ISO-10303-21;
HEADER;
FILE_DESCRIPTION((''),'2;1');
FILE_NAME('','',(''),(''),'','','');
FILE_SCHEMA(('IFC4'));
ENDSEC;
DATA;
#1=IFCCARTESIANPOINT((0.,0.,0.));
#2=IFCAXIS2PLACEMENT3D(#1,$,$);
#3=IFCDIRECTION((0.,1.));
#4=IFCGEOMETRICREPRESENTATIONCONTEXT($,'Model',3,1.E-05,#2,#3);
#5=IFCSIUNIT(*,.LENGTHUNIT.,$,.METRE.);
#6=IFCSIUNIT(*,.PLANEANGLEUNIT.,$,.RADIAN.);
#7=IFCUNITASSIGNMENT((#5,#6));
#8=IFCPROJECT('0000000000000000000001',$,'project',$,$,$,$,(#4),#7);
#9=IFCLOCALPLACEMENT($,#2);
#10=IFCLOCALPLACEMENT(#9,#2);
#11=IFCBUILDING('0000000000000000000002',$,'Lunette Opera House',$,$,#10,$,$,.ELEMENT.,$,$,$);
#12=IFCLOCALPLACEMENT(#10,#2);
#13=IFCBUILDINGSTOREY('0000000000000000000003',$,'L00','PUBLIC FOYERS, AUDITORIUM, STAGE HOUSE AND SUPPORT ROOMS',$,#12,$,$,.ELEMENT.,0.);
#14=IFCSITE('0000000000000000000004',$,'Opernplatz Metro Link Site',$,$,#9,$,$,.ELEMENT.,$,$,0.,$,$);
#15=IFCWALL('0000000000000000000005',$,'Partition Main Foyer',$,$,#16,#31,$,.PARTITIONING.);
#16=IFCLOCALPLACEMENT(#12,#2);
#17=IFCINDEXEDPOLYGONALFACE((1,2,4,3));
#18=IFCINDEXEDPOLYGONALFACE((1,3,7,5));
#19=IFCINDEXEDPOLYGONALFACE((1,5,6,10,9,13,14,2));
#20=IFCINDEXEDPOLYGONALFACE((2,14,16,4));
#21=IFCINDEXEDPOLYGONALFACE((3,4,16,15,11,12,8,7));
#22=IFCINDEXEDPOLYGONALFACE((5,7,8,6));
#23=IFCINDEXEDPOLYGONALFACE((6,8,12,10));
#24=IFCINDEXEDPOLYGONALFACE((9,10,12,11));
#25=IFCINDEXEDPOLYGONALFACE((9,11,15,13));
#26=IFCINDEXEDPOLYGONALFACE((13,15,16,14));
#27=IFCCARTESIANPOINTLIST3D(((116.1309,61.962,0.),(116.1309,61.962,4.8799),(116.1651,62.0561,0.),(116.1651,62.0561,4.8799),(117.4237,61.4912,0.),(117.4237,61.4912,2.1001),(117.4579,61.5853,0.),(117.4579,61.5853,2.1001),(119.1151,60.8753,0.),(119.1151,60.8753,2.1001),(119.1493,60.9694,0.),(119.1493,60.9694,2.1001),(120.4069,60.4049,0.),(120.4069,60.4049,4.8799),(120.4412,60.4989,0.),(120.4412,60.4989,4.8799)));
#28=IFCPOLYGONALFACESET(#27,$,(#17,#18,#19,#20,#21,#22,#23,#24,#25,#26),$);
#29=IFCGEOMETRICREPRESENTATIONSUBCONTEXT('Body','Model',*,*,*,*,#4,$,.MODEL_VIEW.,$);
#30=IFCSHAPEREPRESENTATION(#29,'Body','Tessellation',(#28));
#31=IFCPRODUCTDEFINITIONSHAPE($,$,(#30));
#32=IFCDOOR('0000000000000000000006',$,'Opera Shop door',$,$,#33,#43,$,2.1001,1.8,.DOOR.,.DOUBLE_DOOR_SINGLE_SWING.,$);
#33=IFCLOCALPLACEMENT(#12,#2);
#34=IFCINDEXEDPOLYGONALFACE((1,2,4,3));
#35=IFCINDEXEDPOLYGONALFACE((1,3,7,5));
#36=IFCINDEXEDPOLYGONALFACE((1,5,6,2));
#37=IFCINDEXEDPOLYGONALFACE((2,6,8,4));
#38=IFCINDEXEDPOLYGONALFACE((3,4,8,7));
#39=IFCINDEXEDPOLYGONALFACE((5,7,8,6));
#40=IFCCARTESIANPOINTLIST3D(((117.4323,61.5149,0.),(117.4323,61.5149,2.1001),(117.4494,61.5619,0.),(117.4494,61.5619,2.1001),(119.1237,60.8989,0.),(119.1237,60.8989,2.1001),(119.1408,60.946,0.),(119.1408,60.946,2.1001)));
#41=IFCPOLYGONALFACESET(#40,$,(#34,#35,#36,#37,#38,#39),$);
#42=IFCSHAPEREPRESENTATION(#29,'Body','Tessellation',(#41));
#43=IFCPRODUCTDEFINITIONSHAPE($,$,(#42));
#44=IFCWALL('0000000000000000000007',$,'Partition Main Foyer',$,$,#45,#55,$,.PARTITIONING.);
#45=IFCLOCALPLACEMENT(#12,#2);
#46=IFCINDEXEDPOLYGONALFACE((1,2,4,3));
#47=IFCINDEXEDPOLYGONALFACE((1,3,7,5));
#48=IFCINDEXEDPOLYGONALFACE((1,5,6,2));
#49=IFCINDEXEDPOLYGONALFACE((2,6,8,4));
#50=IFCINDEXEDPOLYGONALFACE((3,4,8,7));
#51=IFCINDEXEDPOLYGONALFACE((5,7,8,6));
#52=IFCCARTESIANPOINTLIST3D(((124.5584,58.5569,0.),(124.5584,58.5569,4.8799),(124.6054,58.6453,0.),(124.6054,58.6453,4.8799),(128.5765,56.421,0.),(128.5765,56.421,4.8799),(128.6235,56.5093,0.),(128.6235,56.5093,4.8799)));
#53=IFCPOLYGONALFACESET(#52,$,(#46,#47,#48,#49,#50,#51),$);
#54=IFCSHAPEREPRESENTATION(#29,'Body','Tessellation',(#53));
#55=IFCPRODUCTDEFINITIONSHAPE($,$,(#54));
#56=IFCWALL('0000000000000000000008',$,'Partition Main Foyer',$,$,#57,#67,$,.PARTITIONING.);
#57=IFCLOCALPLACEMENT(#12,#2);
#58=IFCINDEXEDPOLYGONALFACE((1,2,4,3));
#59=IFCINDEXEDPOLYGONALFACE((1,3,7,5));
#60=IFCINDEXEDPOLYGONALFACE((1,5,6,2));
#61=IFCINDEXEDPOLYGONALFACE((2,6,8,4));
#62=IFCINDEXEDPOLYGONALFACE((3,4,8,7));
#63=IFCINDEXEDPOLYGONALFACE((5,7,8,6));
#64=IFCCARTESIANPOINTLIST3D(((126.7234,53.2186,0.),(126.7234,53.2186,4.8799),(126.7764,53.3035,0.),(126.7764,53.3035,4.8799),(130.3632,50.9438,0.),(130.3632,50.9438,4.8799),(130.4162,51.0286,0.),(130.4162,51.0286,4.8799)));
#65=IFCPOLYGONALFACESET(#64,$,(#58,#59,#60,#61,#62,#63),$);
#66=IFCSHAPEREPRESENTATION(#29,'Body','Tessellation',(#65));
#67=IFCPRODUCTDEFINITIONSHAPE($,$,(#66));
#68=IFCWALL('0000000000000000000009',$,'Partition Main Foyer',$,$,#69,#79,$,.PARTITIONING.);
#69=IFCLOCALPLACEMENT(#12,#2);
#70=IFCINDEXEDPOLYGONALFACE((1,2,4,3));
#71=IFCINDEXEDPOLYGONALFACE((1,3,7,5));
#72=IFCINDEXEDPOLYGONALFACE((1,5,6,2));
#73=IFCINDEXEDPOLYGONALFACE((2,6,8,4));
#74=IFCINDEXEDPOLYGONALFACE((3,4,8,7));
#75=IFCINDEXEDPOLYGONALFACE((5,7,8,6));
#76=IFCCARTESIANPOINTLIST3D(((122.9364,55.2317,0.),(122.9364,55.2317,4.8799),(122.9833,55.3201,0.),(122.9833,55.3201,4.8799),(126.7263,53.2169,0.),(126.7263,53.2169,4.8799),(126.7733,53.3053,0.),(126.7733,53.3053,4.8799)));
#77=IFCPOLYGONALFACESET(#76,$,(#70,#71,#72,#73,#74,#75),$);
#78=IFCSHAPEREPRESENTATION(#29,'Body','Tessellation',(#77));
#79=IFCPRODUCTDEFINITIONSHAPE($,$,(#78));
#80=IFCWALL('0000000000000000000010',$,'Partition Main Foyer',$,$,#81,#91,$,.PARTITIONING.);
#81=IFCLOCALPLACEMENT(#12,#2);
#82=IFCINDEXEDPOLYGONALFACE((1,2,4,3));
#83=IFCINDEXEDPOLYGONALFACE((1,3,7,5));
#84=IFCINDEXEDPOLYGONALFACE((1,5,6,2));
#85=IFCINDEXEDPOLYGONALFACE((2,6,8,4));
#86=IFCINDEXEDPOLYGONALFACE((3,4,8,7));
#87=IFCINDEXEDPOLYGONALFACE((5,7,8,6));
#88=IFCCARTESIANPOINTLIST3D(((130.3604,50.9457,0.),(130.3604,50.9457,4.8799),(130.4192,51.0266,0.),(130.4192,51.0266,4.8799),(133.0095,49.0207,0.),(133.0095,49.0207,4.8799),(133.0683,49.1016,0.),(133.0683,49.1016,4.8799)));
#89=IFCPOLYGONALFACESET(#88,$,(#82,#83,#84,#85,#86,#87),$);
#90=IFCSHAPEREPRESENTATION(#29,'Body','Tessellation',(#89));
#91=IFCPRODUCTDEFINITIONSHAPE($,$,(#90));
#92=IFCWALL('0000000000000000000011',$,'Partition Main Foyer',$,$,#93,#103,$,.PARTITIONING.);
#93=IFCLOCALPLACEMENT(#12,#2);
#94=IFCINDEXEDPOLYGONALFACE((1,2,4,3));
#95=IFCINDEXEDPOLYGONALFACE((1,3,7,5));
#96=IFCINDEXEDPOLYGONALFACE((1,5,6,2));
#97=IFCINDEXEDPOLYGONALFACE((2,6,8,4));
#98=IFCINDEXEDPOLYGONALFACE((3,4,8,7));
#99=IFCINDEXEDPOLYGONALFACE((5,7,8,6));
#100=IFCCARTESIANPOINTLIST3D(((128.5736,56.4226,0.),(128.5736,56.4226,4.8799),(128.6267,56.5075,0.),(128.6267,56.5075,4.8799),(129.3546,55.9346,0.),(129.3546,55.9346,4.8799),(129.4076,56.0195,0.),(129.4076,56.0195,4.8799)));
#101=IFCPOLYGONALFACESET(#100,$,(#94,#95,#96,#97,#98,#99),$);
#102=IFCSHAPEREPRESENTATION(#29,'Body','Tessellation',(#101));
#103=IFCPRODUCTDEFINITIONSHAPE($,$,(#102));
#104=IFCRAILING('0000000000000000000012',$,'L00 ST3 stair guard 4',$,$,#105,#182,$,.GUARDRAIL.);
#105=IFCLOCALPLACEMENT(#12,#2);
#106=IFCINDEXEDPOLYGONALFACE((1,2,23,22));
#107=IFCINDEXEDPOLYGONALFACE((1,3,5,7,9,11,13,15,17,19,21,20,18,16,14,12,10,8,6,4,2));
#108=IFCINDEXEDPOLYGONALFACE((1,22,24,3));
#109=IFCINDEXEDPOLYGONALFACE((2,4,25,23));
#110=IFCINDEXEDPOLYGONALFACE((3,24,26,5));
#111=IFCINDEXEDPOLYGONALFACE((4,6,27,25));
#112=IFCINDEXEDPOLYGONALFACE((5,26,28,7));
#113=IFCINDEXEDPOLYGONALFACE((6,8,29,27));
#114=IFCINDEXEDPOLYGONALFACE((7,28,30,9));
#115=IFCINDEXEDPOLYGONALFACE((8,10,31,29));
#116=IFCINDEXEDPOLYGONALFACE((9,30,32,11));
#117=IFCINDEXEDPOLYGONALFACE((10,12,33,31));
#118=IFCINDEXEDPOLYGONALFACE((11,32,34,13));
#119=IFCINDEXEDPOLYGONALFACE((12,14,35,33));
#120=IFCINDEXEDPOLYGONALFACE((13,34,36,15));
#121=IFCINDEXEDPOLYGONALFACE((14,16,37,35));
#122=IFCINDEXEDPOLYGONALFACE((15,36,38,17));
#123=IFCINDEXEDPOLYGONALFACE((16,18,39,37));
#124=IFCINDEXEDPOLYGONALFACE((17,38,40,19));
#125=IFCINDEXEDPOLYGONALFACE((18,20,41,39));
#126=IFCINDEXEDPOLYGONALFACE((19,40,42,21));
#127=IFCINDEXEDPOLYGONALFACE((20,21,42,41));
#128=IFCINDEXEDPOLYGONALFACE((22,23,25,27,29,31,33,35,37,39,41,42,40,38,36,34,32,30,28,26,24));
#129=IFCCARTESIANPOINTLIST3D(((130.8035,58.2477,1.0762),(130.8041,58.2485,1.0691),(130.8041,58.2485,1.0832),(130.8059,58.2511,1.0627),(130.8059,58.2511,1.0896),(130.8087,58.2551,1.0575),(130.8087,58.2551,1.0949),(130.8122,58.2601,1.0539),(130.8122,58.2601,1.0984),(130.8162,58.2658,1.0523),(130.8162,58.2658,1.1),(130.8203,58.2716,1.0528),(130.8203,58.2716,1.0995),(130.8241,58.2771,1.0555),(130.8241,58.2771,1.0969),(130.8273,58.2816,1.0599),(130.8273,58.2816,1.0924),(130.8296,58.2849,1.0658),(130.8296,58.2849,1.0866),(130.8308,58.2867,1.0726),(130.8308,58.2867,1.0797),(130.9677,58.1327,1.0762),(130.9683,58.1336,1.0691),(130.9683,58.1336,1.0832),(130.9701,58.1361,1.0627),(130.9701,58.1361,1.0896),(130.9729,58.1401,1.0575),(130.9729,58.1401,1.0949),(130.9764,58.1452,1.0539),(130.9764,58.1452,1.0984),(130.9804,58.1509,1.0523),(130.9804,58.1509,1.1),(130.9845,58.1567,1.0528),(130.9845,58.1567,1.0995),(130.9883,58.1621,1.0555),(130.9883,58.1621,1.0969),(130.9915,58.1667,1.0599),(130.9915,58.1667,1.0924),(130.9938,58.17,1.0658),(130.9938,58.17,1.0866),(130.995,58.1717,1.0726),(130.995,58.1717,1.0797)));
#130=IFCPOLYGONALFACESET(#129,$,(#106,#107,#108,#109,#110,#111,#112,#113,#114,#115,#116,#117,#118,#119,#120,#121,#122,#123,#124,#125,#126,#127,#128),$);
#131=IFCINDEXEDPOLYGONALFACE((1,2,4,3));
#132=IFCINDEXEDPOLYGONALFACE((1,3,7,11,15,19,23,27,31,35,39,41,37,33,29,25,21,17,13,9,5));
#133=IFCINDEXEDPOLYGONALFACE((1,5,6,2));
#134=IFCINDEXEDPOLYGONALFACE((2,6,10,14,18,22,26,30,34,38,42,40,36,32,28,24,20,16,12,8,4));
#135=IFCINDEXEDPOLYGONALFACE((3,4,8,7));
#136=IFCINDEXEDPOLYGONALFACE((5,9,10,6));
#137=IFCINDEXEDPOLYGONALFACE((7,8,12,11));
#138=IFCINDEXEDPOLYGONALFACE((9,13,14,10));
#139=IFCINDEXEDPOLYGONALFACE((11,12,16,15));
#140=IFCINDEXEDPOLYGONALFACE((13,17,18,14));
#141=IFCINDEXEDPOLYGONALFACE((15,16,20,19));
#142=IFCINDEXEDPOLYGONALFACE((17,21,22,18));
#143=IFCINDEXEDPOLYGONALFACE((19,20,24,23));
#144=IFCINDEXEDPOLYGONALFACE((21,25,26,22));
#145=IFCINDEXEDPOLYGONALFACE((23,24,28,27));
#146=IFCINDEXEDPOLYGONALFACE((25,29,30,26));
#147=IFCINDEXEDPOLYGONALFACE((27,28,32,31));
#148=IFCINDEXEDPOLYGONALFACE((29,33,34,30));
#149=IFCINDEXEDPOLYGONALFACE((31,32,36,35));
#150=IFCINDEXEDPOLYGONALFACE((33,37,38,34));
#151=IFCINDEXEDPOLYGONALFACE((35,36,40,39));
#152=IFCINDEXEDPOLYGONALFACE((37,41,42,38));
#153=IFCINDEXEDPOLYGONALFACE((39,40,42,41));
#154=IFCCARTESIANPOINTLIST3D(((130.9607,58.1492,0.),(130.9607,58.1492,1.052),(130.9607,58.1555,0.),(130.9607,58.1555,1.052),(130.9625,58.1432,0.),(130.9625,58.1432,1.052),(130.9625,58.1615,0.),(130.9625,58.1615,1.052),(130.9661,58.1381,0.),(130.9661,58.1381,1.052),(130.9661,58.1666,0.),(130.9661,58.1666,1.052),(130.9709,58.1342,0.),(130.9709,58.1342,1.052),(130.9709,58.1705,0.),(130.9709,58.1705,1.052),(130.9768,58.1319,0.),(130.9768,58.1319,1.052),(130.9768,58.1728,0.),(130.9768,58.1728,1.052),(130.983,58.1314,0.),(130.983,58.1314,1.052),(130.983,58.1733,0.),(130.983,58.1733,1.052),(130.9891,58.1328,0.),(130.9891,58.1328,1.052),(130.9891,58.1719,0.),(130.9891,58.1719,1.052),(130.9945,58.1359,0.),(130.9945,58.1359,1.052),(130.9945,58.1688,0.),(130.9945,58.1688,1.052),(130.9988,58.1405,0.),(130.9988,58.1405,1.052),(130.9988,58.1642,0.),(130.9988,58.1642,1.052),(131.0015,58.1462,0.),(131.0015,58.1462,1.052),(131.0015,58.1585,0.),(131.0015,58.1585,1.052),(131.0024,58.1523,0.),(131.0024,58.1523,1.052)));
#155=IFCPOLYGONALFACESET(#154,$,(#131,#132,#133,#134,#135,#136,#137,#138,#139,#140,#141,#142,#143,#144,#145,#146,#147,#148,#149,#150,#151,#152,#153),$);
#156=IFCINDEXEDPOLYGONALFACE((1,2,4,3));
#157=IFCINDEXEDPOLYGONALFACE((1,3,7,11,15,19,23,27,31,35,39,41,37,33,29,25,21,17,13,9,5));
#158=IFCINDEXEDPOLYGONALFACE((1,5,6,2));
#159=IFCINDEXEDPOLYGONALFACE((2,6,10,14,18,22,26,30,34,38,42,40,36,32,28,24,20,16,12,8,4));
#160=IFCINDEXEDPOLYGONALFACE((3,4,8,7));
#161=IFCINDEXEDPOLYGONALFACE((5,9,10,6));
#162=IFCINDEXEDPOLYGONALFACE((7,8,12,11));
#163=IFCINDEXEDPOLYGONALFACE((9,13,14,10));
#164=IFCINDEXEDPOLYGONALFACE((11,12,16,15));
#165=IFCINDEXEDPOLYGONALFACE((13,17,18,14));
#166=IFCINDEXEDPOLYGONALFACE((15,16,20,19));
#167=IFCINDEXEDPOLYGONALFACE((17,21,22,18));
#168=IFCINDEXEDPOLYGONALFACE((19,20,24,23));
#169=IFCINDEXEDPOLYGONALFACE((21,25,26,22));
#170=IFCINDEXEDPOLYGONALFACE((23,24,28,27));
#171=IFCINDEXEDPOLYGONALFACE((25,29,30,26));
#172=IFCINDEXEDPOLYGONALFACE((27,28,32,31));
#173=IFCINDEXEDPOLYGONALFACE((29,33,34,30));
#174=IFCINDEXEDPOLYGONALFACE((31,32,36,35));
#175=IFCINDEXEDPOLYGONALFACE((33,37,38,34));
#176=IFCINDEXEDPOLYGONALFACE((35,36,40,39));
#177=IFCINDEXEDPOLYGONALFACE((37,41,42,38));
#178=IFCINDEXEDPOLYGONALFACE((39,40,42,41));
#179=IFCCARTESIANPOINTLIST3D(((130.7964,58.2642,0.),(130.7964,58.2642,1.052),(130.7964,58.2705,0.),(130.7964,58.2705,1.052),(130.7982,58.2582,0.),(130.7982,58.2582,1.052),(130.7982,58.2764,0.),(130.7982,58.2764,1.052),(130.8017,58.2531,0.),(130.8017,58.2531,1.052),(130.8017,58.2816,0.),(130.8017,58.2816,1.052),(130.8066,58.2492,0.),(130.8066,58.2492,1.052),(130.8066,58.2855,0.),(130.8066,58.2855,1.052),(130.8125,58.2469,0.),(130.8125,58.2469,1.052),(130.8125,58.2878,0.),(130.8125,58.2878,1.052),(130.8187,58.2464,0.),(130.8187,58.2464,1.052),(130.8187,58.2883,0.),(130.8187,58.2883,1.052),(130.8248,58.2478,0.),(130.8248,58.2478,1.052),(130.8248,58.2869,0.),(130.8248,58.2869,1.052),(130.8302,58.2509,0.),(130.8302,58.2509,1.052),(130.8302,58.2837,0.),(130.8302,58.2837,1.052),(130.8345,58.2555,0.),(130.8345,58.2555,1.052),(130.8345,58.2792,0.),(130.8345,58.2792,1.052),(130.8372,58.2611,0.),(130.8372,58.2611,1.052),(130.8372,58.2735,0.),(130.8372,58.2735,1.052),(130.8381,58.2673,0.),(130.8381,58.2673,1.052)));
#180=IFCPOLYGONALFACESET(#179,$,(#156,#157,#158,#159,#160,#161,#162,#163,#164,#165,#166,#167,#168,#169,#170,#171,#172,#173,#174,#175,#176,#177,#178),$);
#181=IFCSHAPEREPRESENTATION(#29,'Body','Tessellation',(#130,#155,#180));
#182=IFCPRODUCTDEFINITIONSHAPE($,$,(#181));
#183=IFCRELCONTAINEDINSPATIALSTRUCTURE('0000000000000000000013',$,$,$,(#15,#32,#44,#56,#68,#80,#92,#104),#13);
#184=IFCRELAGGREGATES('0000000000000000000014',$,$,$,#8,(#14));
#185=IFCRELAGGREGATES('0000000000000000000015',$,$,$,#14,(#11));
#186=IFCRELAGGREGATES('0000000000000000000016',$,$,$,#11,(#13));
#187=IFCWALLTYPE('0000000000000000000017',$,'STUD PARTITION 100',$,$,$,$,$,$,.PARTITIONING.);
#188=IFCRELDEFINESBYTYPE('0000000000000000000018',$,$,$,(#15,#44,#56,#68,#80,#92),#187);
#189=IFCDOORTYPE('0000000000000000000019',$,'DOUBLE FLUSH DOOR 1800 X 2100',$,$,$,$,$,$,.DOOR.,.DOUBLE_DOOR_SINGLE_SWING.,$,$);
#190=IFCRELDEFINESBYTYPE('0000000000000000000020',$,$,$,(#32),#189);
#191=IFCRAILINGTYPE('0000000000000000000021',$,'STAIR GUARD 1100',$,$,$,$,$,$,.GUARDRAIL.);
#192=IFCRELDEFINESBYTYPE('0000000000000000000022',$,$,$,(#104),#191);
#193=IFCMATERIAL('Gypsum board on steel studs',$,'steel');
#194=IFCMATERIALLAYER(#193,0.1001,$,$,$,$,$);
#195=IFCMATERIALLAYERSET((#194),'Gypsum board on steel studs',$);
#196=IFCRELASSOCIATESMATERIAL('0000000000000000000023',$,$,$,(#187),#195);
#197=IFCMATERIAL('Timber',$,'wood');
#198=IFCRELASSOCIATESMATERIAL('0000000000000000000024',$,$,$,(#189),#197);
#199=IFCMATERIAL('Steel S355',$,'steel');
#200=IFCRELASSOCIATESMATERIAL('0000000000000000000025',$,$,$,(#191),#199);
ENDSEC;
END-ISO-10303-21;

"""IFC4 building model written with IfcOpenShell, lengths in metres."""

from ifc_helpers import new_model, si_unit, direction, frame, frame_2d, origin, origin_2d, place, context, subcontext, project, spatial, rectangle, circle, extrude, material, layer, layer_set, type_object, element, fill, save


model = new_model("IFC4")

# Units and contexts
model_context = context("Model", 3, precision=1e-05, world=origin(), true_north=direction((0.0, 1.0)))
body_context = subcontext(model_context, "Body", "Model", "MODEL_VIEW")
ifc_project = project(units=[si_unit("LENGTHUNIT", "METRE"), si_unit("PLANEANGLEUNIT", "RADIAN")], contexts=[model_context])

# Site, building, storey
site_placement = place(None, origin())
site = spatial("IfcSite", under=ifc_project, at=site_placement, Name="Opernplatz Metro Link Site", CompositionType="ELEMENT", RefElevation=0.0)
building_placement = place(site_placement, origin())
building = spatial("IfcBuilding", under=site, at=building_placement, Name="Lunette Opera House", CompositionType="ELEMENT")
storey_placement = place(building_placement, origin())
storey = spatial("IfcBuildingStorey", under=building, at=storey_placement, Name="L00", Description="PUBLIC FOYERS, AUDITORIUM, STAGE HOUSE AND SUPPORT ROOMS", CompositionType="ELEMENT", Elevation=0.0)

# Shared definitions
ifc_material_1 = material(Name="Gypsum board on steel studs", Category="steel")
ifc_layer_1 = layer(ifc_material_1, 0.1001)
ifc_layer_set_1 = layer_set([ifc_layer_1], Name="Gypsum board on steel studs")
wall_type_1 = type_object("IfcWallType", Name="STUD PARTITION 100", PredefinedType="PARTITIONING", material=ifc_layer_set_1)

# Wall, opening, door
ifc_material_2 = material(Name="Timber", Category="wood")
door_type = type_object("IfcDoorType", Name="DOUBLE FLUSH DOOR 1800 X 2100", OperationType="DOUBLE_DOOR_SINGLE_SWING", PredefinedType="DOOR", material=ifc_material_2)
wall_1_placement = place(storey_placement, frame((120.4241, 60.4519, 0.0), z_axis=(0.0, 0.0, 1.0), x_axis=(-0.93964, 0.342165, 0.0)))
wall_1 = element("IfcWall", 1, at=wall_1_placement, inside=storey, type_object=wall_type_1, Name="Partition Main Foyer", PredefinedType="PARTITIONING", context=body_context, shape_type="SweptSolid", body=[
    extrude(rectangle(XDim=4.5508, YDim=0.1001, at=frame_2d((2.2754, 0.0))), origin(), (0.0, 0.0, 1.0), 4.8799),
])
opening_1_placement = place(wall_1_placement, frame((1.375, 0.0, 0.0)))
opening_1 = element("IfcOpeningElement", 2, at=opening_1_placement, cuts=wall_1, PredefinedType="OPENING", context=body_context, shape_type="SweptSolid", body=[
    extrude(rectangle(XDim=1.8, YDim=2.1001, at=frame_2d((0.8999, 1.05))), frame((0.0, 0.062, 0.0), z_axis=(0.0, -1.0, 0.0), x_axis=(1.0, 0.0, 0.0)), (0.0, 0.0, 1.0), 0.124),
])
door_1_placement = place(opening_1_placement, origin())
door_1 = element("IfcDoor", 3, at=door_1_placement, inside=storey, type_object=door_type, Name="Opera Shop door", OperationType="DOUBLE_DOOR_SINGLE_SWING", OverallHeight=2.1001, OverallWidth=1.8, PredefinedType="DOOR", context=body_context, shape_type="SweptSolid", body=[
    extrude(rectangle(XDim=1.8, YDim=2.1001, at=frame_2d((0.8999, 1.05))), frame((0.0, 0.0249, 0.0), z_axis=(0.0, -1.0, 0.0), x_axis=(1.0, 0.0, 0.0)), (0.0, 0.0, 1.0), 0.05),
])
fill(opening_1, door_1)

# Walls
wall_2_placement = place(storey_placement, frame((128.6001, 56.4651, 0.0), z_axis=(0.0, 0.0, 1.0), x_axis=(-0.882989, 0.469393, 0.0)))
element("IfcWall", 4, at=wall_2_placement, inside=storey, type_object=wall_type_1, Name="Partition Main Foyer", PredefinedType="PARTITIONING", context=body_context, shape_type="SweptSolid", body=[
    extrude(rectangle(XDim=4.5505, YDim=0.1001, at=frame_2d((2.2754, 0.0))), origin(), (0.0, 0.0, 1.0), 4.8799),
])
for number, where, z_axis, x_axis, name in (
    (5, (126.75, 53.261, 0.0), (0.0, 0.0, 1.0), (0.848001, -0.529994, 0.0), "Partition Main Foyer"),
    (6, (122.96, 55.2759, 0.0), (0.0, 0.0, 1.0), (0.882977, -0.469416, 0.0), "Partition Main Foyer"),
):
    element("IfcWall", number, at=place(storey_placement, frame(where, z_axis=z_axis, x_axis=x_axis)), inside=storey, type_object=wall_type_1, Name=name, PredefinedType="PARTITIONING", context=body_context, shape_type="SweptSolid", body=[
        extrude(rectangle(XDim=4.2922, YDim=0.1001, at=frame_2d((2.146, 0.0))), origin(), (0.0, 0.0, 1.0), 4.8799),
    ])
wall_3_placement = place(storey_placement, frame((130.3899, 50.9861, 0.0), z_axis=(0.0, 0.0, 1.0), x_axis=(0.808971, -0.587848, 0.0)))
element("IfcWall", 7, at=wall_3_placement, inside=storey, type_object=wall_type_1, Name="Partition Main Foyer", PredefinedType="PARTITIONING", context=body_context, shape_type="SweptSolid", body=[
    extrude(rectangle(XDim=3.2747, YDim=0.1001, at=frame_2d((1.6372, 0.0))), origin(), (0.0, 0.0, 1.0), 4.8799),
])
wall_4_placement = place(storey_placement, frame((129.3811, 55.9771, 0.0), z_axis=(0.0, 0.0, 1.0), x_axis=(-0.848043, 0.529927, 0.0)))
element("IfcWall", 8, at=wall_4_placement, inside=storey, type_object=wall_type_1, Name="Partition Main Foyer", PredefinedType="PARTITIONING", context=body_context, shape_type="SweptSolid", body=[
    extrude(rectangle(XDim=0.9209, YDim=0.1001, at=frame_2d((0.4604, 0.0))), origin(), (0.0, 0.0, 1.0), 4.8799),
])

# Railing
ifc_material_3 = material(Name="Steel S355", Category="steel")
railing_type_1 = type_object("IfcRailingType", Name="STAIR GUARD 1100", PredefinedType="GUARDRAIL", material=ifc_material_3)
railing_1_placement = place(storey_placement, frame((130.9814, 58.1523, 0.0)))
element("IfcRailing", 9, at=railing_1_placement, inside=storey, type_object=railing_type_1, Name="L00 ST3 stair guard 4", PredefinedType="GUARDRAIL", context=body_context, shape_type="SweptSolid", body=[
    extrude(circle(Radius=0.0239, at=origin_2d()), frame((0.0, 0.0, 1.0762), z_axis=(-0.819289, 0.573381, 0.0), x_axis=(-0.573381, -0.819289, 0.0)), (0.0, 0.0, 1.0), 0.2004),
    extrude(circle(Radius=0.021, at=origin_2d()), origin(), (0.0, 0.0, 1.0), 1.052),
    extrude(circle(Radius=0.021, at=origin_2d()), frame((-0.1643, 0.115, 0.0)), (0.0, 0.0, 1.0), 1.052),
])

save(model, "model.ifc")
